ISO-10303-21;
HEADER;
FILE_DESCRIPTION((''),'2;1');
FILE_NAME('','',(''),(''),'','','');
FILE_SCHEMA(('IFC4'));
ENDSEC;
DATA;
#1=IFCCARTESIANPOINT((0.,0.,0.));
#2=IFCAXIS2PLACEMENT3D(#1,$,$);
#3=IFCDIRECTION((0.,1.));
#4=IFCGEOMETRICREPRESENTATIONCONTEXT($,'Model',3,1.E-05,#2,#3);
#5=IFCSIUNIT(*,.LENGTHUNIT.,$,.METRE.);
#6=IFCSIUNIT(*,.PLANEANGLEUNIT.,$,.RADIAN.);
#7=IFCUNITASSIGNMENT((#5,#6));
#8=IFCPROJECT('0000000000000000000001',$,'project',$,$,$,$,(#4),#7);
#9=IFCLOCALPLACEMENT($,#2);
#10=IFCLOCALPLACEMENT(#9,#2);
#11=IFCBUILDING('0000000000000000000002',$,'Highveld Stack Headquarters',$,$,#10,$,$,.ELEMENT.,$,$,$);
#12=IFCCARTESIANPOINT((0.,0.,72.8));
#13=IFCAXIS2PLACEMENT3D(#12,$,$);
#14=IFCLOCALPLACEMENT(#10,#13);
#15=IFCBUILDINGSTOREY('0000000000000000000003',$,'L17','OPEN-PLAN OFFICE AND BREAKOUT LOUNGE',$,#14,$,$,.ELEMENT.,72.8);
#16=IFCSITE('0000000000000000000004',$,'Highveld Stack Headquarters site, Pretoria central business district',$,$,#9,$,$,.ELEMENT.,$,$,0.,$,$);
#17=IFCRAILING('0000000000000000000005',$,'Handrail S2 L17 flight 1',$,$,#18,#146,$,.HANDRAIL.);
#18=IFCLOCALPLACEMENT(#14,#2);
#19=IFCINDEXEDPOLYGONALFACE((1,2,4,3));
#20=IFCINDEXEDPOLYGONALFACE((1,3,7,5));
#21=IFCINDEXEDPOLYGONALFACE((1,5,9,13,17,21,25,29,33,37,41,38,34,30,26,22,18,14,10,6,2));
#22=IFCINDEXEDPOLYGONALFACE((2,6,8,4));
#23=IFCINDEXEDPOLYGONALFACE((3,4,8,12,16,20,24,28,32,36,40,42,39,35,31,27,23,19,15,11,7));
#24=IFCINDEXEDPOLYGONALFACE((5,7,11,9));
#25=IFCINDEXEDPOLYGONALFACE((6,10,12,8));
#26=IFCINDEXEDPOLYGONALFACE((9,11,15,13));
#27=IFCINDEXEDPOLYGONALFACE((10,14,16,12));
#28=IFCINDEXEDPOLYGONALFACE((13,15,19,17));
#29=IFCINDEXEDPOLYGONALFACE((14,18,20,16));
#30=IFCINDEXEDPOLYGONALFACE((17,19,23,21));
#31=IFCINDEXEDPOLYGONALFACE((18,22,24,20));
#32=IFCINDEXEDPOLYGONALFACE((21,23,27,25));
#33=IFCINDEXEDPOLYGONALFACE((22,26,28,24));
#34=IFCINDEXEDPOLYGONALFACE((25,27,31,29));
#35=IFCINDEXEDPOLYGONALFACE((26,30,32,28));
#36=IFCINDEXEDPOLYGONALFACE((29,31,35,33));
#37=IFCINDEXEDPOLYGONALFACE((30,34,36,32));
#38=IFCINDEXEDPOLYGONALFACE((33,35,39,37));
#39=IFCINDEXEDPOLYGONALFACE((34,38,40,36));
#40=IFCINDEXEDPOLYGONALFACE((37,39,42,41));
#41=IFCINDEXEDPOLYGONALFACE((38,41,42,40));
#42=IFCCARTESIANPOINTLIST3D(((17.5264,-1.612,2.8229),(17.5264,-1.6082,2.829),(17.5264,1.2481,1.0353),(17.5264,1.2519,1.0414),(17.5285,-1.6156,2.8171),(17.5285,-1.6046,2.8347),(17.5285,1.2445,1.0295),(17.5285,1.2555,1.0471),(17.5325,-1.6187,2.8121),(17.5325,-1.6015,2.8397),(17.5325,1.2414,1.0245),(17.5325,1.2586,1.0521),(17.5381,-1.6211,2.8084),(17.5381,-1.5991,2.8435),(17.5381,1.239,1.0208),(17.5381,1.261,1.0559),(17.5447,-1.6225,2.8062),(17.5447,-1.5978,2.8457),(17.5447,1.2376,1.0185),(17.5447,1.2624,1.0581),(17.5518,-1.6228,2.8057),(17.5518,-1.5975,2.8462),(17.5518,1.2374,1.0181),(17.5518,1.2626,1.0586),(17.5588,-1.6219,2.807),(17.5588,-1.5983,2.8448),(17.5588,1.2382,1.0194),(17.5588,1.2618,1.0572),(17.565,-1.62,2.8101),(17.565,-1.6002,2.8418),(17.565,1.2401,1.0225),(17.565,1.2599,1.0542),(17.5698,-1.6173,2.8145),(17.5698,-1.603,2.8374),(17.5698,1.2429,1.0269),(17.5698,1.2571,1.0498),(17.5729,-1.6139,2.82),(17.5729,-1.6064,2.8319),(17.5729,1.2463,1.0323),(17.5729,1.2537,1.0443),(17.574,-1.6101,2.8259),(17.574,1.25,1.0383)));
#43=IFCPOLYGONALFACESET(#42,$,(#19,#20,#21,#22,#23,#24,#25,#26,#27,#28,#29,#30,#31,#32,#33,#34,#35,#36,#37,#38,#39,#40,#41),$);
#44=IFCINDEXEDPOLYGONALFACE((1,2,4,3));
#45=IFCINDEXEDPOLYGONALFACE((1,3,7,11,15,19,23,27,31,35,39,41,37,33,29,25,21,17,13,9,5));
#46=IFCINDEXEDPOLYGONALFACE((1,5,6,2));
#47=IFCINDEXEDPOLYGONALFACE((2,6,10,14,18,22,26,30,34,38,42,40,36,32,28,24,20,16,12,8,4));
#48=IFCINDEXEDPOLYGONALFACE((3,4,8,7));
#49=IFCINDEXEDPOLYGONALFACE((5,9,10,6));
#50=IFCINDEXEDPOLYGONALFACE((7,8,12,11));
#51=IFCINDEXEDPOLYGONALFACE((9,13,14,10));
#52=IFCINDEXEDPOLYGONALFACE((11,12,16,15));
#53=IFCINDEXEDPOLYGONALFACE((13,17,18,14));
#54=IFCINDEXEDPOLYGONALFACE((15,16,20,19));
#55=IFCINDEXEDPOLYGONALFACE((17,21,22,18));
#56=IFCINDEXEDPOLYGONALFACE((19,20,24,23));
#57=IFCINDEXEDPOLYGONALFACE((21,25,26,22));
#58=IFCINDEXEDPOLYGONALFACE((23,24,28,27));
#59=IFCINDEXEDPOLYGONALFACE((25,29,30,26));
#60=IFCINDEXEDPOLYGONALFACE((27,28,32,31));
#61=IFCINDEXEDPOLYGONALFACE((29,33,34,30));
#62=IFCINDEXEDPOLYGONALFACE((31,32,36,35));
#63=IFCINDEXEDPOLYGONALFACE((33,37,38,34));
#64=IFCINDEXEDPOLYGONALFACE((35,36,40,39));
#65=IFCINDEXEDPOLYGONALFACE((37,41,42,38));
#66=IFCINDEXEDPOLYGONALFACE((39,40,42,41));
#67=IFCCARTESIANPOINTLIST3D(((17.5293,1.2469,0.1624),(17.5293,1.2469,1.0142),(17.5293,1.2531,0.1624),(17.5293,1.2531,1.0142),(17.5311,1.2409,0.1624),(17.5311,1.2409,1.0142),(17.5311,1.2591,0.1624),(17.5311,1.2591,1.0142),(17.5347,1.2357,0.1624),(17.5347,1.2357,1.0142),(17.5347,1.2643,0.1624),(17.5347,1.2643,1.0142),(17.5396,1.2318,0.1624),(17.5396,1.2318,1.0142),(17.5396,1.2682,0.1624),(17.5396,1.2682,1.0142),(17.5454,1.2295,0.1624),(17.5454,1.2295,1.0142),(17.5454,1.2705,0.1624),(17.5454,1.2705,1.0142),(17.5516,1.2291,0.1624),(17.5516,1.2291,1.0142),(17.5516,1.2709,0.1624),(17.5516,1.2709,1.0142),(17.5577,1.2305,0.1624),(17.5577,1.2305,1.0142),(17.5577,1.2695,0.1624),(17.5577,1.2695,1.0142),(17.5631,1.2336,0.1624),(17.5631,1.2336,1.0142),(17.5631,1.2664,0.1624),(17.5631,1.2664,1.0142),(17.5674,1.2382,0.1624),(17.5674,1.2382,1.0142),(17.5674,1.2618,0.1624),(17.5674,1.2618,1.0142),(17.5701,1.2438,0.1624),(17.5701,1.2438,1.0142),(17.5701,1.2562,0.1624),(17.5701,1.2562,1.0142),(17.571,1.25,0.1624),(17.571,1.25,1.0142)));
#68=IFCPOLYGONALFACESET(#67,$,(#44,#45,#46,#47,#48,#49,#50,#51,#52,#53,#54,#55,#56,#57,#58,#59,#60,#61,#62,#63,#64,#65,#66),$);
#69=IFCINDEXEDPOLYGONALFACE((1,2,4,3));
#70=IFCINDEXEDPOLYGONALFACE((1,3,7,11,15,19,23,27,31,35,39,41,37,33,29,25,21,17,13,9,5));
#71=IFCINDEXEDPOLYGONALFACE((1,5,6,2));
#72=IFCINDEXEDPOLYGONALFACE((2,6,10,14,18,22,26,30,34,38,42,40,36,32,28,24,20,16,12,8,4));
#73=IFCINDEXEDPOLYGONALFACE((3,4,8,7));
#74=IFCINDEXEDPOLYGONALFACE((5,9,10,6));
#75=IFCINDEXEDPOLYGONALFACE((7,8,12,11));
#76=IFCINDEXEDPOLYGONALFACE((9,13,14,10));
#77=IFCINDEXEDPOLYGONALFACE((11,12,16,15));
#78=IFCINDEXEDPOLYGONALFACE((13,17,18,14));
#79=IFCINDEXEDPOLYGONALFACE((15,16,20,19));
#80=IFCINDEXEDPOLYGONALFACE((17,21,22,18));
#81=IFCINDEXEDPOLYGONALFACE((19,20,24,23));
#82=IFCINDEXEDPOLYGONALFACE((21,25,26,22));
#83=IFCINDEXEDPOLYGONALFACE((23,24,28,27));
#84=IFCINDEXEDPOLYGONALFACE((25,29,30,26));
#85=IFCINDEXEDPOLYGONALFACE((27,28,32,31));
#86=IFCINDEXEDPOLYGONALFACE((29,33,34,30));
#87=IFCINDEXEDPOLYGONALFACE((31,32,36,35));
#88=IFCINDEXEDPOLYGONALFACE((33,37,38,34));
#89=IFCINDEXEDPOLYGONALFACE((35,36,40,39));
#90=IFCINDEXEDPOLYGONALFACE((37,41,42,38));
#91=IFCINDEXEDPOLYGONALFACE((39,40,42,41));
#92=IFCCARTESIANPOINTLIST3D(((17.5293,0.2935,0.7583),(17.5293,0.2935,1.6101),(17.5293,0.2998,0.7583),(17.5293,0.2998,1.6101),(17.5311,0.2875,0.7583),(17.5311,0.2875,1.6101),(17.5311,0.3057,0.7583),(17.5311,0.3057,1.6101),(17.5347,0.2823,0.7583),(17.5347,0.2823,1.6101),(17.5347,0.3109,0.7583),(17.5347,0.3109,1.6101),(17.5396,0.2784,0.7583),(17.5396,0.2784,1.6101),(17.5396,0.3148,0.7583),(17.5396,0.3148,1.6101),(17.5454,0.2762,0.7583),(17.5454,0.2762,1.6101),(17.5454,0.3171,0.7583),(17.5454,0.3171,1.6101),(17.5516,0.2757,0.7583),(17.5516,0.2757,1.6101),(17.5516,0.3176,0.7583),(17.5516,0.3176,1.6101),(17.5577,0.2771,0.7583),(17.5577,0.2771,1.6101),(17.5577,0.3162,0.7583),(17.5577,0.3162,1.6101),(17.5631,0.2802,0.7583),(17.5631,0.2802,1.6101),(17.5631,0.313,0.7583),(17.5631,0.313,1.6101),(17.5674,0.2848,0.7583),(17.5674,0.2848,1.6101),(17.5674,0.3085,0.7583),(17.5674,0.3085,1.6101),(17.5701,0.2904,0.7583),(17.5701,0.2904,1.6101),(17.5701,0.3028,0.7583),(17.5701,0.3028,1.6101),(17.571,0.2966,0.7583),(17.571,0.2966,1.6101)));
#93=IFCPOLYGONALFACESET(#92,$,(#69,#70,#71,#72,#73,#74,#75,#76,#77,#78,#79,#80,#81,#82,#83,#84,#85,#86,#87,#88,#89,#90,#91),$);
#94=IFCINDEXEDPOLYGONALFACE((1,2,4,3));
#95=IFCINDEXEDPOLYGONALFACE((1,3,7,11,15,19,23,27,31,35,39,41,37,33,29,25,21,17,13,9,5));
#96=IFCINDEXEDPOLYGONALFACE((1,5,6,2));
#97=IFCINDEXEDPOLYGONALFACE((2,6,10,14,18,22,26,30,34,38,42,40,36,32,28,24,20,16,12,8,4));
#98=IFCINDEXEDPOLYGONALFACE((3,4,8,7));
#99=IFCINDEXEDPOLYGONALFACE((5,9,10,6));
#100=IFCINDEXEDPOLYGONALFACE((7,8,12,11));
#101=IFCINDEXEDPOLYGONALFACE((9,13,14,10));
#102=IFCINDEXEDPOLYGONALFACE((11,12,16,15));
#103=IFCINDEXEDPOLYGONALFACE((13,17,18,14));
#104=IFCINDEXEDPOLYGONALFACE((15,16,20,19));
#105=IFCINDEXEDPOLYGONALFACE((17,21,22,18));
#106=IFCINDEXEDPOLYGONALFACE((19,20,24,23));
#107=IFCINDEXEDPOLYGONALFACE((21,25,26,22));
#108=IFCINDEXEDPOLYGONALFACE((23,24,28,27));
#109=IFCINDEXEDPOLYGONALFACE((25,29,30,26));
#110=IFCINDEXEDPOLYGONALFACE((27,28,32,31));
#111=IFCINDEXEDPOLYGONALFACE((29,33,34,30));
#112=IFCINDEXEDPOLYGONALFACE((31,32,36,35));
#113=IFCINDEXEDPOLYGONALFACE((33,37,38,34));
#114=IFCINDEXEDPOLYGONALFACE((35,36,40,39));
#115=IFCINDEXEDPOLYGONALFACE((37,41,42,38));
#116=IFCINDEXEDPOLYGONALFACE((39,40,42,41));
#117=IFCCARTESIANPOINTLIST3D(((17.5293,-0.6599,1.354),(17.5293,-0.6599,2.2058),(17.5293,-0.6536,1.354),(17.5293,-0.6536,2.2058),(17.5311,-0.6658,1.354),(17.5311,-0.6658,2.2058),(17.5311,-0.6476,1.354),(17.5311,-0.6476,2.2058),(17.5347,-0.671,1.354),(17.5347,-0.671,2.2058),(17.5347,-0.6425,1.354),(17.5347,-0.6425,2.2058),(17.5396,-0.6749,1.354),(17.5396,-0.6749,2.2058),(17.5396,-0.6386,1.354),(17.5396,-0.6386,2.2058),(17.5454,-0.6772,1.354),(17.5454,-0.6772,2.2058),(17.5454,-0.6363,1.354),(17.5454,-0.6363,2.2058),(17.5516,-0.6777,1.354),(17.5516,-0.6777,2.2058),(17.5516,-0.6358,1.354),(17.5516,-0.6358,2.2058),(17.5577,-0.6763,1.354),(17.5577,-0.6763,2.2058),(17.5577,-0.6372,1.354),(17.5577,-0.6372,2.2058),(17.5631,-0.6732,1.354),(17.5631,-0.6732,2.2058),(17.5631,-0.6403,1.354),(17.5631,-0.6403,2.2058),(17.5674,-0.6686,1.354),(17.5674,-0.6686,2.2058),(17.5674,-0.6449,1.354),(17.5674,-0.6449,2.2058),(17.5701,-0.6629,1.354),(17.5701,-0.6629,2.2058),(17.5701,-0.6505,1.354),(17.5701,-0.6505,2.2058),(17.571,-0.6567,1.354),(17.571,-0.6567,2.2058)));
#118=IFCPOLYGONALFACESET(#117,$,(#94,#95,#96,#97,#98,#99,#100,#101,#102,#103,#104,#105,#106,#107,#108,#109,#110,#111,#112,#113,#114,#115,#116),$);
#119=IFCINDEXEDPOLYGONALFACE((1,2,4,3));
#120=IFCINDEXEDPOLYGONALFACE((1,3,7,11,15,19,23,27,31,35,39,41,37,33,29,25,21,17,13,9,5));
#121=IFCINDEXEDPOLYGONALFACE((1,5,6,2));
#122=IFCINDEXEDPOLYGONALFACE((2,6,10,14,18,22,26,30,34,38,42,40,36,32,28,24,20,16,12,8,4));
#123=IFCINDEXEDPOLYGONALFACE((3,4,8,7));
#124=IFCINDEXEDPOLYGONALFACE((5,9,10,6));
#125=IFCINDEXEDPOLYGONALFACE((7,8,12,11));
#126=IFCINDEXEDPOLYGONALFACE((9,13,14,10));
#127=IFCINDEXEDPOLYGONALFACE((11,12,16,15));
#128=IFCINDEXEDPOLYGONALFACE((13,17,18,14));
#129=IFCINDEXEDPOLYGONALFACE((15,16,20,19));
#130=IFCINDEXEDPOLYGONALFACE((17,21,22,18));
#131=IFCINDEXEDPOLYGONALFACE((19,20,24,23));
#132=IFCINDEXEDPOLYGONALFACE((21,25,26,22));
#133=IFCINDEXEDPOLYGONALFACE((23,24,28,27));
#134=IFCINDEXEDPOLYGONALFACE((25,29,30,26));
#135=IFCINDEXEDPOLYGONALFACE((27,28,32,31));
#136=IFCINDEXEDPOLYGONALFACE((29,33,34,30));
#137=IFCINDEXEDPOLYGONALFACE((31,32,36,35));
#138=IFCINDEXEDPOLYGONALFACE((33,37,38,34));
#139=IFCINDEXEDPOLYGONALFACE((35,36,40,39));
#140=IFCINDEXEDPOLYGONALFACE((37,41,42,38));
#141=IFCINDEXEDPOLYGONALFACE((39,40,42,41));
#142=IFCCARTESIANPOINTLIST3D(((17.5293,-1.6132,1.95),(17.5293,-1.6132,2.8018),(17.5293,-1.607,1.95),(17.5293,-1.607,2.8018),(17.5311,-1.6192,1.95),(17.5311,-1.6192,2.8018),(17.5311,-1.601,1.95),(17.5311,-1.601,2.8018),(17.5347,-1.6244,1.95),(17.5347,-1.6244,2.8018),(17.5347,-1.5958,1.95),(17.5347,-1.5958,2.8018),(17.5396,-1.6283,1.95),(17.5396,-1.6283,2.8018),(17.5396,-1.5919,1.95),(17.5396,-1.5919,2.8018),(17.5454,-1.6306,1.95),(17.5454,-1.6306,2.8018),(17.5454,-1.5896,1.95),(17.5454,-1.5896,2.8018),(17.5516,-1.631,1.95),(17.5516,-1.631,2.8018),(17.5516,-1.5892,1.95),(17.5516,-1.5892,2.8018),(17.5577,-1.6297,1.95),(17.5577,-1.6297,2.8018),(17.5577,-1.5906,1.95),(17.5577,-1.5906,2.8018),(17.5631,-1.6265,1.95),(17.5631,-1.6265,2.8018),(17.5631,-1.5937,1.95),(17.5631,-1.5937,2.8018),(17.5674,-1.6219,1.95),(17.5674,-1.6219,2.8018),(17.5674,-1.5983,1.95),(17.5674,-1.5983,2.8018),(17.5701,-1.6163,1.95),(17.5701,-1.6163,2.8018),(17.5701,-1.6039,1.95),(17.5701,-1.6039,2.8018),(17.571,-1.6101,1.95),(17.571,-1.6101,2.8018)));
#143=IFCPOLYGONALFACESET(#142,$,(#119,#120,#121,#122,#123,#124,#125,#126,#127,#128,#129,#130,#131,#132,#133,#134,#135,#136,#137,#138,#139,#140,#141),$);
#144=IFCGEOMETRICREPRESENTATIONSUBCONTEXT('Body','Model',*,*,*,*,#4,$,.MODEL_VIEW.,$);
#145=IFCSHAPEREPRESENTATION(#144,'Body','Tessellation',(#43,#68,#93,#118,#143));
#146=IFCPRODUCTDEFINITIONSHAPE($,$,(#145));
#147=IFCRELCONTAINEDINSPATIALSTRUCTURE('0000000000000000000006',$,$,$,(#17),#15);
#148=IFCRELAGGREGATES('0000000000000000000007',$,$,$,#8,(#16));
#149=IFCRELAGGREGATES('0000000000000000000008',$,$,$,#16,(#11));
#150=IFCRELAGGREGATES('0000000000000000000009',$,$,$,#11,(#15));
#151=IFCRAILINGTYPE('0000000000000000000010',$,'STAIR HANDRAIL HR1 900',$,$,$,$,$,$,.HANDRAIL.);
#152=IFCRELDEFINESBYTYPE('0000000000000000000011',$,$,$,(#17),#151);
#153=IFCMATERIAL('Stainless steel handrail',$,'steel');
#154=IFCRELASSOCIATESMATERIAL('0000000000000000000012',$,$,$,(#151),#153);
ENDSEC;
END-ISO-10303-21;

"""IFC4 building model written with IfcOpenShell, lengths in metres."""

from ifc_helpers import new_model, si_unit, direction, frame, origin, origin_2d, place, context, subcontext, project, spatial, circle, extrude, material, type_object, element, save


model = new_model("IFC4")

# Units and contexts
model_context = context("Model", 3, precision=1e-05, world=origin(), true_north=direction((0.0, 1.0)))
body_context = subcontext(model_context, "Body", "Model", "MODEL_VIEW")
ifc_project = project(units=[si_unit("LENGTHUNIT", "METRE"), si_unit("PLANEANGLEUNIT", "RADIAN")], contexts=[model_context])

# Site, building, storey
site_placement = place(None, origin())
site = spatial("IfcSite", under=ifc_project, at=site_placement, Name="Highveld Stack Headquarters site, Pretoria central business district", CompositionType="ELEMENT", RefElevation=0.0)
building_placement = place(site_placement, origin())
building = spatial("IfcBuilding", under=site, at=building_placement, Name="Highveld Stack Headquarters", CompositionType="ELEMENT")
storey_placement = place(building_placement, frame((0.0, 0.0, 72.8)))
storey = spatial("IfcBuildingStorey", under=building, at=storey_placement, Name="L17", Description="OPEN-PLAN OFFICE AND BREAKOUT LOUNGE", CompositionType="ELEMENT", Elevation=72.8)

# Railing
ifc_material_1 = material(Name="Stainless steel handrail", Category="steel")
railing_type = type_object("IfcRailingType", Name="STAIR HANDRAIL HR1 900", PredefinedType="HANDRAIL", material=ifc_material_1)
for number, where, name in (
    (1, (17.55, 1.25, 0.1624), "Handrail S2 L17 flight 1"),
):
    element("IfcRailing", number, at=place(storey_placement, frame(where)), inside=storey, type_object=railing_type, Name=name, PredefinedType="HANDRAIL", context=body_context, shape_type="SweptSolid", body=[
        extrude(circle(Radius=0.0239, at=origin_2d()), frame((0.0, 0.0, 0.876), z_axis=(0.0, -0.847994, 0.530005), x_axis=(1.0, 0.0, 0.0)), (0.0, 0.0, 1.0), 3.3728),
        extrude(circle(Radius=0.021, at=origin_2d()), origin(), (0.0, 0.0, 1.0), 0.8518),
        extrude(circle(Radius=0.021, at=origin_2d()), frame((0.0, -0.9534, 0.5959)), (0.0, 0.0, 1.0), 0.8518),
        extrude(circle(Radius=0.021, at=origin_2d()), frame((0.0, -1.9067, 1.1917)), (0.0, 0.0, 1.0), 0.8518),
        extrude(circle(Radius=0.021, at=origin_2d()), frame((0.0, -2.8601, 1.7876)), (0.0, 0.0, 1.0), 0.8518),
    ])

save(model, "model.ifc")
